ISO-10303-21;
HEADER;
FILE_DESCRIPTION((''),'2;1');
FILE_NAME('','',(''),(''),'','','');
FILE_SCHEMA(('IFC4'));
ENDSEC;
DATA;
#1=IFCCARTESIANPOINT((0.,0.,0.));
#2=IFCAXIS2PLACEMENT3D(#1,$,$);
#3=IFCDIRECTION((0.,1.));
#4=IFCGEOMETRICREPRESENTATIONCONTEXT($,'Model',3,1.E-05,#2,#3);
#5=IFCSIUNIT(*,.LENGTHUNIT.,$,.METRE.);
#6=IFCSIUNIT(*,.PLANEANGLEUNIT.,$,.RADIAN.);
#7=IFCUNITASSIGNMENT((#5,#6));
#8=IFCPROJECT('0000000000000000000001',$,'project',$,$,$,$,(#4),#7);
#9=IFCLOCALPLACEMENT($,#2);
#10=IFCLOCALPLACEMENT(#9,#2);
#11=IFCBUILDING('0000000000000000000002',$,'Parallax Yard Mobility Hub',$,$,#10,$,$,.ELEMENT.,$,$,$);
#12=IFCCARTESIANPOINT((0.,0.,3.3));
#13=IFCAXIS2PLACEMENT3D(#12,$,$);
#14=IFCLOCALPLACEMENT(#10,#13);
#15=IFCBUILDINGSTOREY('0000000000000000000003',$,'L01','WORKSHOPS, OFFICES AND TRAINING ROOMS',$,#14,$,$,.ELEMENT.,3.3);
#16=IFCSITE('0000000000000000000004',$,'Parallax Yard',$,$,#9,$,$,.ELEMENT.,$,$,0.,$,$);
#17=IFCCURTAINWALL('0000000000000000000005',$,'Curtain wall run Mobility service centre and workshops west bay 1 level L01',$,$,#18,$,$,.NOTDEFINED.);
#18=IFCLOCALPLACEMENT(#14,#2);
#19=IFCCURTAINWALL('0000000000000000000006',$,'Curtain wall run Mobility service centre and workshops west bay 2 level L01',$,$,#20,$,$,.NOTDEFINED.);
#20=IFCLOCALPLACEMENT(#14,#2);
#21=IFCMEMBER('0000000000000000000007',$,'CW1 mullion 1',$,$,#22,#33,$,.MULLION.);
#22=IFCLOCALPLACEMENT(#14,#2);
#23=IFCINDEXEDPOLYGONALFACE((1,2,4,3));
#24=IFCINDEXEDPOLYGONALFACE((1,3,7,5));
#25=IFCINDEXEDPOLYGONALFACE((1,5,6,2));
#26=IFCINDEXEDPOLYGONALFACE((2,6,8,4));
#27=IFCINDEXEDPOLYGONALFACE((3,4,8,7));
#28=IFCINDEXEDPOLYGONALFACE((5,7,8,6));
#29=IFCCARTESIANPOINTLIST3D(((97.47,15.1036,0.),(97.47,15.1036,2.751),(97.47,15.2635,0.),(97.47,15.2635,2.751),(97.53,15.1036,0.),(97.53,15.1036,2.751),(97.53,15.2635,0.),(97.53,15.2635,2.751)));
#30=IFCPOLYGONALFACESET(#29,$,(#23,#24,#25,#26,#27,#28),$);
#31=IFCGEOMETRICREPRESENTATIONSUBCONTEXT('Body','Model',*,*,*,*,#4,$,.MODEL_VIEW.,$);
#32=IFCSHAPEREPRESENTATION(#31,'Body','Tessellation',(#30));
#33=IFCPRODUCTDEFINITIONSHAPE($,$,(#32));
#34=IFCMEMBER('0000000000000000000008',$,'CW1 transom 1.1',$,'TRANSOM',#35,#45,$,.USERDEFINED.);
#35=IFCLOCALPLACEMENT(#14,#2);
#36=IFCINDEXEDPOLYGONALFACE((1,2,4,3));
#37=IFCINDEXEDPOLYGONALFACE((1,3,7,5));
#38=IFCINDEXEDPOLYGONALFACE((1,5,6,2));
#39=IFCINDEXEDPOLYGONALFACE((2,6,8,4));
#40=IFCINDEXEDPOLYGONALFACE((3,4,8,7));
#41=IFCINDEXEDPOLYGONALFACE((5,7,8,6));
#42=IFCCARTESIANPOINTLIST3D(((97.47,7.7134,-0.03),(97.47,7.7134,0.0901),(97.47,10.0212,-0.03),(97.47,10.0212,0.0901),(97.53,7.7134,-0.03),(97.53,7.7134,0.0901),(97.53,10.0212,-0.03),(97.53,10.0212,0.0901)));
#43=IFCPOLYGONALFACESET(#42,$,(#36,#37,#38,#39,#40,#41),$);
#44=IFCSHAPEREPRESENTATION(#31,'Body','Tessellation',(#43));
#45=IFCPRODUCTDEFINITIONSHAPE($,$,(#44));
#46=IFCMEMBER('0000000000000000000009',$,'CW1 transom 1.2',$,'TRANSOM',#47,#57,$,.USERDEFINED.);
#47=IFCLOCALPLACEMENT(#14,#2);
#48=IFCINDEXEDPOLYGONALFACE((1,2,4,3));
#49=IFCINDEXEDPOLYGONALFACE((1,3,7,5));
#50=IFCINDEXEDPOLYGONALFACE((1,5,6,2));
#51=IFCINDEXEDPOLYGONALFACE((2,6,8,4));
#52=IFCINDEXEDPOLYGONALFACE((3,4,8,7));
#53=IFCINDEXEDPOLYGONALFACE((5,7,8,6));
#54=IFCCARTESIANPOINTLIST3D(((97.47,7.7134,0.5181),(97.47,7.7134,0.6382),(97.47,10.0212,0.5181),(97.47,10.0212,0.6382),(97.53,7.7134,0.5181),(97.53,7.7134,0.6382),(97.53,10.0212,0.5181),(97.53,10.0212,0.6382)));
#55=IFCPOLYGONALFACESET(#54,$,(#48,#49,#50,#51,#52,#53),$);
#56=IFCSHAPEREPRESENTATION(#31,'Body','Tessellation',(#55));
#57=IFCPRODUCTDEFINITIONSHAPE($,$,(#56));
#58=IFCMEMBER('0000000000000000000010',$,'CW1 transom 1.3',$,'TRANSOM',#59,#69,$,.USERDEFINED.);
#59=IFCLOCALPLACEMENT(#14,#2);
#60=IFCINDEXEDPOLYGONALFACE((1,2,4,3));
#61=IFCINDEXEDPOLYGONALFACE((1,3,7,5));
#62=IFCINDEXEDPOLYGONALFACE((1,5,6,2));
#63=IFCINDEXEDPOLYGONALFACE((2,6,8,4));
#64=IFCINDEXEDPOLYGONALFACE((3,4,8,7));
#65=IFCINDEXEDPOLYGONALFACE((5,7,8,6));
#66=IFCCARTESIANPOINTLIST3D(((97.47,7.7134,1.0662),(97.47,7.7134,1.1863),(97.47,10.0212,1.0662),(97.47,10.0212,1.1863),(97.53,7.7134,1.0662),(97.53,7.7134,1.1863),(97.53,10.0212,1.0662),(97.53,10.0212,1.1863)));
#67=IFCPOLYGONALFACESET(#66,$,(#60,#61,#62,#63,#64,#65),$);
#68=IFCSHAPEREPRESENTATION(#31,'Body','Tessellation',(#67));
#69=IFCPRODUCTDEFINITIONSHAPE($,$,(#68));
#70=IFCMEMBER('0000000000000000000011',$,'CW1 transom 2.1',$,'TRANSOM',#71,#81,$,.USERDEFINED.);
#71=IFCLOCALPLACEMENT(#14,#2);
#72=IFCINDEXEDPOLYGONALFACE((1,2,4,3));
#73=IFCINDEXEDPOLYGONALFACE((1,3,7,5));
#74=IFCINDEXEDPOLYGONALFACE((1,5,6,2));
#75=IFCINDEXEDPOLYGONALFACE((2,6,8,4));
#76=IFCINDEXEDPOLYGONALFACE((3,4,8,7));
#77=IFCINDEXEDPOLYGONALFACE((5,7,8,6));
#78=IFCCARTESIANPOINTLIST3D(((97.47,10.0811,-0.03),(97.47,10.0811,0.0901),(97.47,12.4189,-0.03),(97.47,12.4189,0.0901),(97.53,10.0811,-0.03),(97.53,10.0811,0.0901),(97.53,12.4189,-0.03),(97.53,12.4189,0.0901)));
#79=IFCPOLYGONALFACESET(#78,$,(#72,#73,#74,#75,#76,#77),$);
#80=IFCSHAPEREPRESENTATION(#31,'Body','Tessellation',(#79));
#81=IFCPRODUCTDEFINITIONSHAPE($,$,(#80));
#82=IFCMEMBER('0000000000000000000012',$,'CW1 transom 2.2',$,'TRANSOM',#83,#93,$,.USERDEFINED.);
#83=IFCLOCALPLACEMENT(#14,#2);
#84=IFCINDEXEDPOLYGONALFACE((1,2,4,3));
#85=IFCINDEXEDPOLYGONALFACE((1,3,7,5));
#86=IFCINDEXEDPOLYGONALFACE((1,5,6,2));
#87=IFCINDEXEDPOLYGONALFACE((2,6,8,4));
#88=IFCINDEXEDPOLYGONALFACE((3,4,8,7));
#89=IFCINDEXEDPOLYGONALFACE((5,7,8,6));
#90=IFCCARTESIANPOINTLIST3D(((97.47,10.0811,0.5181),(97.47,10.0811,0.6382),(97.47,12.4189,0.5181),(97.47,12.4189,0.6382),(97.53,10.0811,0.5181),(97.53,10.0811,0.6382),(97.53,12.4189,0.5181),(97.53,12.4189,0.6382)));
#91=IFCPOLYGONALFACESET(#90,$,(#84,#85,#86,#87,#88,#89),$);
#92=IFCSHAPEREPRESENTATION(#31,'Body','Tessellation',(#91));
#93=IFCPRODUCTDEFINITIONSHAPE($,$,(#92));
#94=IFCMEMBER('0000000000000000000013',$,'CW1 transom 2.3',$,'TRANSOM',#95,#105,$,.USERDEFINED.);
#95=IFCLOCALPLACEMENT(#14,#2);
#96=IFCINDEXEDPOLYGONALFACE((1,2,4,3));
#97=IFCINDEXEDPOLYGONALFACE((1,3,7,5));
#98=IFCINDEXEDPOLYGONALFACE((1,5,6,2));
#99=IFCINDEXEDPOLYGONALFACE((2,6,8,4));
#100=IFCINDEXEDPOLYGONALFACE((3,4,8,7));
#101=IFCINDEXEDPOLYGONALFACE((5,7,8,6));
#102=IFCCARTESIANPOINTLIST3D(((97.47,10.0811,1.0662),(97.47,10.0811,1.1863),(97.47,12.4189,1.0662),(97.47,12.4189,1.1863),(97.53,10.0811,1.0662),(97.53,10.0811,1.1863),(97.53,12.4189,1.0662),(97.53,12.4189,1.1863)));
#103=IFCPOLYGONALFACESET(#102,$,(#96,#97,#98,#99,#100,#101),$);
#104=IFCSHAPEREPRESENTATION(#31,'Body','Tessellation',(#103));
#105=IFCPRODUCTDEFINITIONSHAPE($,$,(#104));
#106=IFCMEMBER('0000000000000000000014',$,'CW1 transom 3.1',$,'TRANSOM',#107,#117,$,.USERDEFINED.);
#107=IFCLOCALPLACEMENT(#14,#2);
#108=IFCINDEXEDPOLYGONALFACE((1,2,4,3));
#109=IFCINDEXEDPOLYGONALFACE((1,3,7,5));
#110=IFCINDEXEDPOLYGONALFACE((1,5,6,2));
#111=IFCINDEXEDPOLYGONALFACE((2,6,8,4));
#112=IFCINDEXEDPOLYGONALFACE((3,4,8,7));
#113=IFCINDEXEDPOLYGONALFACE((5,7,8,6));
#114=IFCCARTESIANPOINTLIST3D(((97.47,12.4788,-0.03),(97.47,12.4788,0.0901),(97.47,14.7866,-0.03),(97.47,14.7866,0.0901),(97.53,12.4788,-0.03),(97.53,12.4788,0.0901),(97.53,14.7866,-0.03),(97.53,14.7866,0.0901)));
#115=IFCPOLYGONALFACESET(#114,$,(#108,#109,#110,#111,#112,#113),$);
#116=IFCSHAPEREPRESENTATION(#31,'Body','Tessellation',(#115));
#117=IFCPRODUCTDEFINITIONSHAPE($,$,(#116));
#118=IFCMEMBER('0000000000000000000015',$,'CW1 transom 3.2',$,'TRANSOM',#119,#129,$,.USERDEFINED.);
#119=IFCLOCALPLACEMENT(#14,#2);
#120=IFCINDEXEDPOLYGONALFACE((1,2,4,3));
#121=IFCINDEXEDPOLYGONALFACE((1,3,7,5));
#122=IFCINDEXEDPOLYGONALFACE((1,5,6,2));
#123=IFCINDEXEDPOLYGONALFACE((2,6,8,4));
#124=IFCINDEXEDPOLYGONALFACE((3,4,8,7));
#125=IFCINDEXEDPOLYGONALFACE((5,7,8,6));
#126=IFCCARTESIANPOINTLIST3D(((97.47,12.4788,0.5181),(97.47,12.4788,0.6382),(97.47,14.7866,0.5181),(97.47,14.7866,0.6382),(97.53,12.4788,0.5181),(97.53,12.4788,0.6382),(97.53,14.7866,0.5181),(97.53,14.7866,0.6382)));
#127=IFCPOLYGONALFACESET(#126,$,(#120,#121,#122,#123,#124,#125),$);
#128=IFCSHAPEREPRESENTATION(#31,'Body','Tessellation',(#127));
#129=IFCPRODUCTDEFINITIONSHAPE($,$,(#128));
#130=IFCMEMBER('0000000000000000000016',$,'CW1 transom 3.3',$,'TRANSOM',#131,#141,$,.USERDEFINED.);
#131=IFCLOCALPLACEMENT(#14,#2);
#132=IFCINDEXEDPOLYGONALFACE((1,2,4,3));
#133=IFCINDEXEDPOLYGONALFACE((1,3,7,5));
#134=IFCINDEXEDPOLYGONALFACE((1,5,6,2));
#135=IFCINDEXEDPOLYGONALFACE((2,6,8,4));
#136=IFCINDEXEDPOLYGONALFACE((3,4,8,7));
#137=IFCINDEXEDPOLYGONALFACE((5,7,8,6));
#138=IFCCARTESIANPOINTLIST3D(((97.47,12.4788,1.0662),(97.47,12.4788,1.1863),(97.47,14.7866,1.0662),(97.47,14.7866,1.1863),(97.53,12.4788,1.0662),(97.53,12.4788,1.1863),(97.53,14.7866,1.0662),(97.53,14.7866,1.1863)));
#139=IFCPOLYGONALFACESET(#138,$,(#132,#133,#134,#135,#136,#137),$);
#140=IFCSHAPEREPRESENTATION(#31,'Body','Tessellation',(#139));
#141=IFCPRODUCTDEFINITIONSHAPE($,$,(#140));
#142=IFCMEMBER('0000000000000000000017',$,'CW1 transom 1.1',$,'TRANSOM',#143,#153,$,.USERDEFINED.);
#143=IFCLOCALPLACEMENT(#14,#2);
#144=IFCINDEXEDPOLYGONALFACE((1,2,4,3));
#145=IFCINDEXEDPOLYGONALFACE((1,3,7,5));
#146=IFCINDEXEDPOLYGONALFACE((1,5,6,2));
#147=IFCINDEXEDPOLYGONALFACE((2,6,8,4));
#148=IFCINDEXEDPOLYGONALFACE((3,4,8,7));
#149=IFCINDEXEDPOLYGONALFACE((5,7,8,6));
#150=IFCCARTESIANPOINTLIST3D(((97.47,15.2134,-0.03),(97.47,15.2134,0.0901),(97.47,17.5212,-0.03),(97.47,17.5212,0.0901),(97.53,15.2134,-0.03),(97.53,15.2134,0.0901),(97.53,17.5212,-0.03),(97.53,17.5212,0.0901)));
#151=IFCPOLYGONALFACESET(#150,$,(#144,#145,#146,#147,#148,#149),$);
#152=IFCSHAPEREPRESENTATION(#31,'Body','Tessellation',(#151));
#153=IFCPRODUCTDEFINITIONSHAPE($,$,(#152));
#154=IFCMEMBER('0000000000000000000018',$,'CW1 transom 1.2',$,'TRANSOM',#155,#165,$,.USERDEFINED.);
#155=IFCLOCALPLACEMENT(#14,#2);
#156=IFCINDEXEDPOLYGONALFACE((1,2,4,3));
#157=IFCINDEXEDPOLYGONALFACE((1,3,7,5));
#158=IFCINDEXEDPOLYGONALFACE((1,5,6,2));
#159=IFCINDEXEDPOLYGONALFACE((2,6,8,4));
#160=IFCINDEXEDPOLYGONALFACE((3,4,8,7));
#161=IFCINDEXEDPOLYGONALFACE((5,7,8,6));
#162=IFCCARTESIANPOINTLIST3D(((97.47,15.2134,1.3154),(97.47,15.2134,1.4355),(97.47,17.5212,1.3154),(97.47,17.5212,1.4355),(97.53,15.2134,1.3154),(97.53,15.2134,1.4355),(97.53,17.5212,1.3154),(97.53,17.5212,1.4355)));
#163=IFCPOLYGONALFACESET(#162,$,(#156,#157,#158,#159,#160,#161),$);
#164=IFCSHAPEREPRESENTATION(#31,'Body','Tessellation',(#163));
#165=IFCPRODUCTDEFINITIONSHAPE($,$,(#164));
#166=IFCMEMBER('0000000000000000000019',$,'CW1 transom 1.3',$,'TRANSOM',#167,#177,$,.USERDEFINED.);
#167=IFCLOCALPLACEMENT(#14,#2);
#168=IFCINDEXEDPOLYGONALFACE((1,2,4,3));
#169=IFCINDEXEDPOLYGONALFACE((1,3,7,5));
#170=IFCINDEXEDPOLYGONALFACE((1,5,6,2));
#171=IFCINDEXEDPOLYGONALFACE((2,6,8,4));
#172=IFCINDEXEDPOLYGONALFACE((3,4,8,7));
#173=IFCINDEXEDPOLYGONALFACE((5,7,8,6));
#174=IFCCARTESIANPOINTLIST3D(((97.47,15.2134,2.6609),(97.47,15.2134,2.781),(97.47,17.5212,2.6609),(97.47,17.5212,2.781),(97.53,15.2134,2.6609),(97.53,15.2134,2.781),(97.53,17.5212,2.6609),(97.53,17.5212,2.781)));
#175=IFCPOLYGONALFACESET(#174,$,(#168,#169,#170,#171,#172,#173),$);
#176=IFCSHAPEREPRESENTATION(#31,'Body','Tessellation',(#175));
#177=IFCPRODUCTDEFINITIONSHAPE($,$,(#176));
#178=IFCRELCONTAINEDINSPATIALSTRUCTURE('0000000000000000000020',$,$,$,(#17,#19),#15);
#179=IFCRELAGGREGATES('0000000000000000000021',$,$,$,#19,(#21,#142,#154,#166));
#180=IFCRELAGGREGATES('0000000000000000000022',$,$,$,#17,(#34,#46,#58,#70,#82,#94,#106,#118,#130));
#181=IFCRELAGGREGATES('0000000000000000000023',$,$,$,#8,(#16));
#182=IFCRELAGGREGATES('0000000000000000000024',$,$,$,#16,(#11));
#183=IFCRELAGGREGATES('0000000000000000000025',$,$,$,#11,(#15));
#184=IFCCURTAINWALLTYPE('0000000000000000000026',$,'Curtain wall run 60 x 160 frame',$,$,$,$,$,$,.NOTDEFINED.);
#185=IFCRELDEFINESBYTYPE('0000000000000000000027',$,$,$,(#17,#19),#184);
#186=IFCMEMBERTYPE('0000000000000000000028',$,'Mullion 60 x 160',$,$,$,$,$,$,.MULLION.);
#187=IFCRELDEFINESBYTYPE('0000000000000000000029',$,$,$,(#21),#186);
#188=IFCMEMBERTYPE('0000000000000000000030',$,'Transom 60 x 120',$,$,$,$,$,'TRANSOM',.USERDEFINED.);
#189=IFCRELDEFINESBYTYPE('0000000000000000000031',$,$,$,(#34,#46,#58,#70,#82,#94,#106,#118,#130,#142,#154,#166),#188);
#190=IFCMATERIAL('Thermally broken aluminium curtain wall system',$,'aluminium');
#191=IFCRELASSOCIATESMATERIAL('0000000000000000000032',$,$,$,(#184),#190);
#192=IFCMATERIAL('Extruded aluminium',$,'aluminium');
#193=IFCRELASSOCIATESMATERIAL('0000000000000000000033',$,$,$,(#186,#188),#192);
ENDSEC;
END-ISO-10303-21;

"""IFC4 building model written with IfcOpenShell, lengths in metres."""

from ifc_helpers import new_model, si_unit, direction, frame, origin, origin_2d, place, context, subcontext, project, spatial, rectangle, extrude, material, material_profile, profile_set, type_object, element, aggregate, save


model = new_model("IFC4")

# Units and contexts
model_context = context("Model", 3, precision=1e-05, world=origin(), true_north=direction((0.0, 1.0)))
body_context = subcontext(model_context, "Body", "Model", "MODEL_VIEW")
ifc_project = project(units=[si_unit("LENGTHUNIT", "METRE"), si_unit("PLANEANGLEUNIT", "RADIAN")], contexts=[model_context])

# Site, building, storey
site_placement = place(None, origin())
site = spatial("IfcSite", under=ifc_project, at=site_placement, Name="Parallax Yard", CompositionType="ELEMENT", RefElevation=0.0)
building_placement = place(site_placement, origin())
building = spatial("IfcBuilding", under=site, at=building_placement, Name="Parallax Yard Mobility Hub", CompositionType="ELEMENT")
storey_placement = place(building_placement, frame((0.0, 0.0, 3.3)))
storey = spatial("IfcBuildingStorey", under=building, at=storey_placement, Name="L01", Description="WORKSHOPS, OFFICES AND TRAINING ROOMS", CompositionType="ELEMENT", Elevation=3.3)

# Curtain wall
ifc_material_1 = material(Name="Thermally broken aluminium curtain wall system", Category="aluminium")
curtain_wall_type = type_object("IfcCurtainWallType", Name="Curtain wall run 60 x 160 frame", PredefinedType="NOTDEFINED", material=ifc_material_1)
curtain_wall_1_placement = place(storey_placement, origin())
curtain_wall_1 = element("IfcCurtainWall", 1, at=curtain_wall_1_placement, inside=storey, type_object=curtain_wall_type, Name="Curtain wall run Mobility service centre and workshops west bay 1 level L01", PredefinedType="NOTDEFINED")
ifc_material_2 = material(Name="Extruded aluminium", Category="aluminium")
ifc_material_profile_1 = material_profile(ifc_material_2, rectangle(XDim=0.0601, YDim=0.1599, at=origin_2d()), Name="Mullion 60 x 160")
ifc_profile_set_1 = profile_set([ifc_material_profile_1], Name="Extruded aluminium")
member_type_1 = type_object("IfcMemberType", Name="Mullion 60 x 160", PredefinedType="MULLION", material=ifc_profile_set_1)

# Curtain wall, member
curtain_wall_2_placement = place(storey_placement, origin())
curtain_wall_2 = element("IfcCurtainWall", 2, at=curtain_wall_2_placement, inside=storey, type_object=curtain_wall_type, Name="Curtain wall run Mobility service centre and workshops west bay 2 level L01", PredefinedType="NOTDEFINED")
member_1_placement = place(storey_placement, frame((97.5, 15.1836, 0.0), z_axis=(0.0, 0.0, 1.0), x_axis=(-1.0, 0.0, 0.0)))
member_1 = element("IfcMember", 3, at=member_1_placement, type_object=member_type_1, Name="CW1 mullion 1", PredefinedType="MULLION", context=body_context, shape_type="SweptSolid", body=[
    extrude(rectangle(XDim=0.0601, YDim=0.1599, at=origin_2d()), origin(), (0.0, 0.0, 1.0), 2.751),
])

# Members
ifc_material_profile_2 = material_profile(ifc_material_2, rectangle(XDim=0.0601, YDim=0.1201, at=origin_2d()), Name="Transom 60 x 120")
ifc_profile_set_2 = profile_set([ifc_material_profile_2], Name="Extruded aluminium")
member_type_2 = type_object("IfcMemberType", Name="Transom 60 x 120", ElementType="TRANSOM", PredefinedType="USERDEFINED", material=ifc_profile_set_2)
member_2_placement = place(storey_placement, frame((97.5, 7.7134, 0.03), z_axis=(0.0, 1.0, 0.0), x_axis=(-1.0, 0.0, 0.0)))
member_2 = element("IfcMember", 4, at=member_2_placement, type_object=member_type_2, Name="CW1 transom 1.1", ObjectType="TRANSOM", PredefinedType="USERDEFINED", context=body_context, shape_type="SweptSolid", body=[
    extrude(rectangle(XDim=0.0601, YDim=0.1201, at=origin_2d()), origin(), (0.0, 0.0, 1.0), 2.3079),
])
member_3_placement = place(storey_placement, frame((97.5, 7.7134, 0.5781), z_axis=(0.0, 1.0, 0.0), x_axis=(-1.0, 0.0, 0.0)))
member_3 = element("IfcMember", 5, at=member_3_placement, type_object=member_type_2, Name="CW1 transom 1.2", ObjectType="TRANSOM", PredefinedType="USERDEFINED", context=body_context, shape_type="SweptSolid", body=[
    extrude(rectangle(XDim=0.0601, YDim=0.1201, at=origin_2d()), origin(), (0.0, 0.0, 1.0), 2.3079),
])
member_4_placement = place(storey_placement, frame((97.5, 7.7134, 1.1262), z_axis=(0.0, 1.0, 0.0), x_axis=(-1.0, 0.0, 0.0)))
member_4 = element("IfcMember", 6, at=member_4_placement, type_object=member_type_2, Name="CW1 transom 1.3", ObjectType="TRANSOM", PredefinedType="USERDEFINED", context=body_context, shape_type="SweptSolid", body=[
    extrude(rectangle(XDim=0.0601, YDim=0.1201, at=origin_2d()), origin(), (0.0, 0.0, 1.0), 2.3079),
])
member_5_placement = place(storey_placement, frame((97.5, 10.0811, 0.03), z_axis=(0.0, 1.0, 0.0), x_axis=(-1.0, 0.0, 0.0)))
member_5 = element("IfcMember", 7, at=member_5_placement, type_object=member_type_2, Name="CW1 transom 2.1", ObjectType="TRANSOM", PredefinedType="USERDEFINED", context=body_context, shape_type="SweptSolid", body=[
    extrude(rectangle(XDim=0.0601, YDim=0.1201, at=origin_2d()), origin(), (0.0, 0.0, 1.0), 2.3379),
])
member_6_placement = place(storey_placement, frame((97.5, 10.0811, 0.5781), z_axis=(0.0, 1.0, 0.0), x_axis=(-1.0, 0.0, 0.0)))
member_6 = element("IfcMember", 8, at=member_6_placement, type_object=member_type_2, Name="CW1 transom 2.2", ObjectType="TRANSOM", PredefinedType="USERDEFINED", context=body_context, shape_type="SweptSolid", body=[
    extrude(rectangle(XDim=0.0601, YDim=0.1201, at=origin_2d()), origin(), (0.0, 0.0, 1.0), 2.3379),
])
member_7_placement = place(storey_placement, frame((97.5, 10.0811, 1.1262), z_axis=(0.0, 1.0, 0.0), x_axis=(-1.0, 0.0, 0.0)))
member_7 = element("IfcMember", 9, at=member_7_placement, type_object=member_type_2, Name="CW1 transom 2.3", ObjectType="TRANSOM", PredefinedType="USERDEFINED", context=body_context, shape_type="SweptSolid", body=[
    extrude(rectangle(XDim=0.0601, YDim=0.1201, at=origin_2d()), origin(), (0.0, 0.0, 1.0), 2.3379),
])
member_8_placement = place(storey_placement, frame((97.5, 12.4788, 0.03), z_axis=(0.0, 1.0, 0.0), x_axis=(-1.0, 0.0, 0.0)))
member_8 = element("IfcMember", 10, at=member_8_placement, type_object=member_type_2, Name="CW1 transom 3.1", ObjectType="TRANSOM", PredefinedType="USERDEFINED", context=body_context, shape_type="SweptSolid", body=[
    extrude(rectangle(XDim=0.0601, YDim=0.1201, at=origin_2d()), origin(), (0.0, 0.0, 1.0), 2.3079),
])
member_9_placement = place(storey_placement, frame((97.5, 12.4788, 0.5781), z_axis=(0.0, 1.0, 0.0), x_axis=(-1.0, 0.0, 0.0)))
member_9 = element("IfcMember", 11, at=member_9_placement, type_object=member_type_2, Name="CW1 transom 3.2", ObjectType="TRANSOM", PredefinedType="USERDEFINED", context=body_context, shape_type="SweptSolid", body=[
    extrude(rectangle(XDim=0.0601, YDim=0.1201, at=origin_2d()), origin(), (0.0, 0.0, 1.0), 2.3079),
])
member_10_placement = place(storey_placement, frame((97.5, 12.4788, 1.1262), z_axis=(0.0, 1.0, 0.0), x_axis=(-1.0, 0.0, 0.0)))
member_10 = element("IfcMember", 12, at=member_10_placement, type_object=member_type_2, Name="CW1 transom 3.3", ObjectType="TRANSOM", PredefinedType="USERDEFINED", context=body_context, shape_type="SweptSolid", body=[
    extrude(rectangle(XDim=0.0601, YDim=0.1201, at=origin_2d()), origin(), (0.0, 0.0, 1.0), 2.3079),
])
member_11_placement = place(storey_placement, frame((97.5, 15.2134, 0.03), z_axis=(0.0, 1.0, 0.0), x_axis=(-1.0, 0.0, 0.0)))
member_11 = element("IfcMember", 13, at=member_11_placement, type_object=member_type_2, Name="CW1 transom 1.1", ObjectType="TRANSOM", PredefinedType="USERDEFINED", context=body_context, shape_type="SweptSolid", body=[
    extrude(rectangle(XDim=0.0601, YDim=0.1201, at=origin_2d()), origin(), (0.0, 0.0, 1.0), 2.3079),
])
member_12_placement = place(storey_placement, frame((97.5, 15.2134, 1.3755), z_axis=(0.0, 1.0, 0.0), x_axis=(-1.0, 0.0, 0.0)))
member_12 = element("IfcMember", 14, at=member_12_placement, type_object=member_type_2, Name="CW1 transom 1.2", ObjectType="TRANSOM", PredefinedType="USERDEFINED", context=body_context, shape_type="SweptSolid", body=[
    extrude(rectangle(XDim=0.0601, YDim=0.1201, at=origin_2d()), origin(), (0.0, 0.0, 1.0), 2.3079),
])
member_13_placement = place(storey_placement, frame((97.5, 15.2134, 2.7209), z_axis=(0.0, 1.0, 0.0), x_axis=(-1.0, 0.0, 0.0)))
member_13 = element("IfcMember", 15, at=member_13_placement, type_object=member_type_2, Name="CW1 transom 1.3", ObjectType="TRANSOM", PredefinedType="USERDEFINED", context=body_context, shape_type="SweptSolid", body=[
    extrude(rectangle(XDim=0.0601, YDim=0.1201, at=origin_2d()), origin(), (0.0, 0.0, 1.0), 2.3079),
])
aggregate(curtain_wall_2, [member_1, member_11, member_12, member_13])

aggregate(curtain_wall_1, [member_2, member_3, member_4, member_5, member_6, member_7, member_8, member_9, member_10])

save(model, "model.ifc")
